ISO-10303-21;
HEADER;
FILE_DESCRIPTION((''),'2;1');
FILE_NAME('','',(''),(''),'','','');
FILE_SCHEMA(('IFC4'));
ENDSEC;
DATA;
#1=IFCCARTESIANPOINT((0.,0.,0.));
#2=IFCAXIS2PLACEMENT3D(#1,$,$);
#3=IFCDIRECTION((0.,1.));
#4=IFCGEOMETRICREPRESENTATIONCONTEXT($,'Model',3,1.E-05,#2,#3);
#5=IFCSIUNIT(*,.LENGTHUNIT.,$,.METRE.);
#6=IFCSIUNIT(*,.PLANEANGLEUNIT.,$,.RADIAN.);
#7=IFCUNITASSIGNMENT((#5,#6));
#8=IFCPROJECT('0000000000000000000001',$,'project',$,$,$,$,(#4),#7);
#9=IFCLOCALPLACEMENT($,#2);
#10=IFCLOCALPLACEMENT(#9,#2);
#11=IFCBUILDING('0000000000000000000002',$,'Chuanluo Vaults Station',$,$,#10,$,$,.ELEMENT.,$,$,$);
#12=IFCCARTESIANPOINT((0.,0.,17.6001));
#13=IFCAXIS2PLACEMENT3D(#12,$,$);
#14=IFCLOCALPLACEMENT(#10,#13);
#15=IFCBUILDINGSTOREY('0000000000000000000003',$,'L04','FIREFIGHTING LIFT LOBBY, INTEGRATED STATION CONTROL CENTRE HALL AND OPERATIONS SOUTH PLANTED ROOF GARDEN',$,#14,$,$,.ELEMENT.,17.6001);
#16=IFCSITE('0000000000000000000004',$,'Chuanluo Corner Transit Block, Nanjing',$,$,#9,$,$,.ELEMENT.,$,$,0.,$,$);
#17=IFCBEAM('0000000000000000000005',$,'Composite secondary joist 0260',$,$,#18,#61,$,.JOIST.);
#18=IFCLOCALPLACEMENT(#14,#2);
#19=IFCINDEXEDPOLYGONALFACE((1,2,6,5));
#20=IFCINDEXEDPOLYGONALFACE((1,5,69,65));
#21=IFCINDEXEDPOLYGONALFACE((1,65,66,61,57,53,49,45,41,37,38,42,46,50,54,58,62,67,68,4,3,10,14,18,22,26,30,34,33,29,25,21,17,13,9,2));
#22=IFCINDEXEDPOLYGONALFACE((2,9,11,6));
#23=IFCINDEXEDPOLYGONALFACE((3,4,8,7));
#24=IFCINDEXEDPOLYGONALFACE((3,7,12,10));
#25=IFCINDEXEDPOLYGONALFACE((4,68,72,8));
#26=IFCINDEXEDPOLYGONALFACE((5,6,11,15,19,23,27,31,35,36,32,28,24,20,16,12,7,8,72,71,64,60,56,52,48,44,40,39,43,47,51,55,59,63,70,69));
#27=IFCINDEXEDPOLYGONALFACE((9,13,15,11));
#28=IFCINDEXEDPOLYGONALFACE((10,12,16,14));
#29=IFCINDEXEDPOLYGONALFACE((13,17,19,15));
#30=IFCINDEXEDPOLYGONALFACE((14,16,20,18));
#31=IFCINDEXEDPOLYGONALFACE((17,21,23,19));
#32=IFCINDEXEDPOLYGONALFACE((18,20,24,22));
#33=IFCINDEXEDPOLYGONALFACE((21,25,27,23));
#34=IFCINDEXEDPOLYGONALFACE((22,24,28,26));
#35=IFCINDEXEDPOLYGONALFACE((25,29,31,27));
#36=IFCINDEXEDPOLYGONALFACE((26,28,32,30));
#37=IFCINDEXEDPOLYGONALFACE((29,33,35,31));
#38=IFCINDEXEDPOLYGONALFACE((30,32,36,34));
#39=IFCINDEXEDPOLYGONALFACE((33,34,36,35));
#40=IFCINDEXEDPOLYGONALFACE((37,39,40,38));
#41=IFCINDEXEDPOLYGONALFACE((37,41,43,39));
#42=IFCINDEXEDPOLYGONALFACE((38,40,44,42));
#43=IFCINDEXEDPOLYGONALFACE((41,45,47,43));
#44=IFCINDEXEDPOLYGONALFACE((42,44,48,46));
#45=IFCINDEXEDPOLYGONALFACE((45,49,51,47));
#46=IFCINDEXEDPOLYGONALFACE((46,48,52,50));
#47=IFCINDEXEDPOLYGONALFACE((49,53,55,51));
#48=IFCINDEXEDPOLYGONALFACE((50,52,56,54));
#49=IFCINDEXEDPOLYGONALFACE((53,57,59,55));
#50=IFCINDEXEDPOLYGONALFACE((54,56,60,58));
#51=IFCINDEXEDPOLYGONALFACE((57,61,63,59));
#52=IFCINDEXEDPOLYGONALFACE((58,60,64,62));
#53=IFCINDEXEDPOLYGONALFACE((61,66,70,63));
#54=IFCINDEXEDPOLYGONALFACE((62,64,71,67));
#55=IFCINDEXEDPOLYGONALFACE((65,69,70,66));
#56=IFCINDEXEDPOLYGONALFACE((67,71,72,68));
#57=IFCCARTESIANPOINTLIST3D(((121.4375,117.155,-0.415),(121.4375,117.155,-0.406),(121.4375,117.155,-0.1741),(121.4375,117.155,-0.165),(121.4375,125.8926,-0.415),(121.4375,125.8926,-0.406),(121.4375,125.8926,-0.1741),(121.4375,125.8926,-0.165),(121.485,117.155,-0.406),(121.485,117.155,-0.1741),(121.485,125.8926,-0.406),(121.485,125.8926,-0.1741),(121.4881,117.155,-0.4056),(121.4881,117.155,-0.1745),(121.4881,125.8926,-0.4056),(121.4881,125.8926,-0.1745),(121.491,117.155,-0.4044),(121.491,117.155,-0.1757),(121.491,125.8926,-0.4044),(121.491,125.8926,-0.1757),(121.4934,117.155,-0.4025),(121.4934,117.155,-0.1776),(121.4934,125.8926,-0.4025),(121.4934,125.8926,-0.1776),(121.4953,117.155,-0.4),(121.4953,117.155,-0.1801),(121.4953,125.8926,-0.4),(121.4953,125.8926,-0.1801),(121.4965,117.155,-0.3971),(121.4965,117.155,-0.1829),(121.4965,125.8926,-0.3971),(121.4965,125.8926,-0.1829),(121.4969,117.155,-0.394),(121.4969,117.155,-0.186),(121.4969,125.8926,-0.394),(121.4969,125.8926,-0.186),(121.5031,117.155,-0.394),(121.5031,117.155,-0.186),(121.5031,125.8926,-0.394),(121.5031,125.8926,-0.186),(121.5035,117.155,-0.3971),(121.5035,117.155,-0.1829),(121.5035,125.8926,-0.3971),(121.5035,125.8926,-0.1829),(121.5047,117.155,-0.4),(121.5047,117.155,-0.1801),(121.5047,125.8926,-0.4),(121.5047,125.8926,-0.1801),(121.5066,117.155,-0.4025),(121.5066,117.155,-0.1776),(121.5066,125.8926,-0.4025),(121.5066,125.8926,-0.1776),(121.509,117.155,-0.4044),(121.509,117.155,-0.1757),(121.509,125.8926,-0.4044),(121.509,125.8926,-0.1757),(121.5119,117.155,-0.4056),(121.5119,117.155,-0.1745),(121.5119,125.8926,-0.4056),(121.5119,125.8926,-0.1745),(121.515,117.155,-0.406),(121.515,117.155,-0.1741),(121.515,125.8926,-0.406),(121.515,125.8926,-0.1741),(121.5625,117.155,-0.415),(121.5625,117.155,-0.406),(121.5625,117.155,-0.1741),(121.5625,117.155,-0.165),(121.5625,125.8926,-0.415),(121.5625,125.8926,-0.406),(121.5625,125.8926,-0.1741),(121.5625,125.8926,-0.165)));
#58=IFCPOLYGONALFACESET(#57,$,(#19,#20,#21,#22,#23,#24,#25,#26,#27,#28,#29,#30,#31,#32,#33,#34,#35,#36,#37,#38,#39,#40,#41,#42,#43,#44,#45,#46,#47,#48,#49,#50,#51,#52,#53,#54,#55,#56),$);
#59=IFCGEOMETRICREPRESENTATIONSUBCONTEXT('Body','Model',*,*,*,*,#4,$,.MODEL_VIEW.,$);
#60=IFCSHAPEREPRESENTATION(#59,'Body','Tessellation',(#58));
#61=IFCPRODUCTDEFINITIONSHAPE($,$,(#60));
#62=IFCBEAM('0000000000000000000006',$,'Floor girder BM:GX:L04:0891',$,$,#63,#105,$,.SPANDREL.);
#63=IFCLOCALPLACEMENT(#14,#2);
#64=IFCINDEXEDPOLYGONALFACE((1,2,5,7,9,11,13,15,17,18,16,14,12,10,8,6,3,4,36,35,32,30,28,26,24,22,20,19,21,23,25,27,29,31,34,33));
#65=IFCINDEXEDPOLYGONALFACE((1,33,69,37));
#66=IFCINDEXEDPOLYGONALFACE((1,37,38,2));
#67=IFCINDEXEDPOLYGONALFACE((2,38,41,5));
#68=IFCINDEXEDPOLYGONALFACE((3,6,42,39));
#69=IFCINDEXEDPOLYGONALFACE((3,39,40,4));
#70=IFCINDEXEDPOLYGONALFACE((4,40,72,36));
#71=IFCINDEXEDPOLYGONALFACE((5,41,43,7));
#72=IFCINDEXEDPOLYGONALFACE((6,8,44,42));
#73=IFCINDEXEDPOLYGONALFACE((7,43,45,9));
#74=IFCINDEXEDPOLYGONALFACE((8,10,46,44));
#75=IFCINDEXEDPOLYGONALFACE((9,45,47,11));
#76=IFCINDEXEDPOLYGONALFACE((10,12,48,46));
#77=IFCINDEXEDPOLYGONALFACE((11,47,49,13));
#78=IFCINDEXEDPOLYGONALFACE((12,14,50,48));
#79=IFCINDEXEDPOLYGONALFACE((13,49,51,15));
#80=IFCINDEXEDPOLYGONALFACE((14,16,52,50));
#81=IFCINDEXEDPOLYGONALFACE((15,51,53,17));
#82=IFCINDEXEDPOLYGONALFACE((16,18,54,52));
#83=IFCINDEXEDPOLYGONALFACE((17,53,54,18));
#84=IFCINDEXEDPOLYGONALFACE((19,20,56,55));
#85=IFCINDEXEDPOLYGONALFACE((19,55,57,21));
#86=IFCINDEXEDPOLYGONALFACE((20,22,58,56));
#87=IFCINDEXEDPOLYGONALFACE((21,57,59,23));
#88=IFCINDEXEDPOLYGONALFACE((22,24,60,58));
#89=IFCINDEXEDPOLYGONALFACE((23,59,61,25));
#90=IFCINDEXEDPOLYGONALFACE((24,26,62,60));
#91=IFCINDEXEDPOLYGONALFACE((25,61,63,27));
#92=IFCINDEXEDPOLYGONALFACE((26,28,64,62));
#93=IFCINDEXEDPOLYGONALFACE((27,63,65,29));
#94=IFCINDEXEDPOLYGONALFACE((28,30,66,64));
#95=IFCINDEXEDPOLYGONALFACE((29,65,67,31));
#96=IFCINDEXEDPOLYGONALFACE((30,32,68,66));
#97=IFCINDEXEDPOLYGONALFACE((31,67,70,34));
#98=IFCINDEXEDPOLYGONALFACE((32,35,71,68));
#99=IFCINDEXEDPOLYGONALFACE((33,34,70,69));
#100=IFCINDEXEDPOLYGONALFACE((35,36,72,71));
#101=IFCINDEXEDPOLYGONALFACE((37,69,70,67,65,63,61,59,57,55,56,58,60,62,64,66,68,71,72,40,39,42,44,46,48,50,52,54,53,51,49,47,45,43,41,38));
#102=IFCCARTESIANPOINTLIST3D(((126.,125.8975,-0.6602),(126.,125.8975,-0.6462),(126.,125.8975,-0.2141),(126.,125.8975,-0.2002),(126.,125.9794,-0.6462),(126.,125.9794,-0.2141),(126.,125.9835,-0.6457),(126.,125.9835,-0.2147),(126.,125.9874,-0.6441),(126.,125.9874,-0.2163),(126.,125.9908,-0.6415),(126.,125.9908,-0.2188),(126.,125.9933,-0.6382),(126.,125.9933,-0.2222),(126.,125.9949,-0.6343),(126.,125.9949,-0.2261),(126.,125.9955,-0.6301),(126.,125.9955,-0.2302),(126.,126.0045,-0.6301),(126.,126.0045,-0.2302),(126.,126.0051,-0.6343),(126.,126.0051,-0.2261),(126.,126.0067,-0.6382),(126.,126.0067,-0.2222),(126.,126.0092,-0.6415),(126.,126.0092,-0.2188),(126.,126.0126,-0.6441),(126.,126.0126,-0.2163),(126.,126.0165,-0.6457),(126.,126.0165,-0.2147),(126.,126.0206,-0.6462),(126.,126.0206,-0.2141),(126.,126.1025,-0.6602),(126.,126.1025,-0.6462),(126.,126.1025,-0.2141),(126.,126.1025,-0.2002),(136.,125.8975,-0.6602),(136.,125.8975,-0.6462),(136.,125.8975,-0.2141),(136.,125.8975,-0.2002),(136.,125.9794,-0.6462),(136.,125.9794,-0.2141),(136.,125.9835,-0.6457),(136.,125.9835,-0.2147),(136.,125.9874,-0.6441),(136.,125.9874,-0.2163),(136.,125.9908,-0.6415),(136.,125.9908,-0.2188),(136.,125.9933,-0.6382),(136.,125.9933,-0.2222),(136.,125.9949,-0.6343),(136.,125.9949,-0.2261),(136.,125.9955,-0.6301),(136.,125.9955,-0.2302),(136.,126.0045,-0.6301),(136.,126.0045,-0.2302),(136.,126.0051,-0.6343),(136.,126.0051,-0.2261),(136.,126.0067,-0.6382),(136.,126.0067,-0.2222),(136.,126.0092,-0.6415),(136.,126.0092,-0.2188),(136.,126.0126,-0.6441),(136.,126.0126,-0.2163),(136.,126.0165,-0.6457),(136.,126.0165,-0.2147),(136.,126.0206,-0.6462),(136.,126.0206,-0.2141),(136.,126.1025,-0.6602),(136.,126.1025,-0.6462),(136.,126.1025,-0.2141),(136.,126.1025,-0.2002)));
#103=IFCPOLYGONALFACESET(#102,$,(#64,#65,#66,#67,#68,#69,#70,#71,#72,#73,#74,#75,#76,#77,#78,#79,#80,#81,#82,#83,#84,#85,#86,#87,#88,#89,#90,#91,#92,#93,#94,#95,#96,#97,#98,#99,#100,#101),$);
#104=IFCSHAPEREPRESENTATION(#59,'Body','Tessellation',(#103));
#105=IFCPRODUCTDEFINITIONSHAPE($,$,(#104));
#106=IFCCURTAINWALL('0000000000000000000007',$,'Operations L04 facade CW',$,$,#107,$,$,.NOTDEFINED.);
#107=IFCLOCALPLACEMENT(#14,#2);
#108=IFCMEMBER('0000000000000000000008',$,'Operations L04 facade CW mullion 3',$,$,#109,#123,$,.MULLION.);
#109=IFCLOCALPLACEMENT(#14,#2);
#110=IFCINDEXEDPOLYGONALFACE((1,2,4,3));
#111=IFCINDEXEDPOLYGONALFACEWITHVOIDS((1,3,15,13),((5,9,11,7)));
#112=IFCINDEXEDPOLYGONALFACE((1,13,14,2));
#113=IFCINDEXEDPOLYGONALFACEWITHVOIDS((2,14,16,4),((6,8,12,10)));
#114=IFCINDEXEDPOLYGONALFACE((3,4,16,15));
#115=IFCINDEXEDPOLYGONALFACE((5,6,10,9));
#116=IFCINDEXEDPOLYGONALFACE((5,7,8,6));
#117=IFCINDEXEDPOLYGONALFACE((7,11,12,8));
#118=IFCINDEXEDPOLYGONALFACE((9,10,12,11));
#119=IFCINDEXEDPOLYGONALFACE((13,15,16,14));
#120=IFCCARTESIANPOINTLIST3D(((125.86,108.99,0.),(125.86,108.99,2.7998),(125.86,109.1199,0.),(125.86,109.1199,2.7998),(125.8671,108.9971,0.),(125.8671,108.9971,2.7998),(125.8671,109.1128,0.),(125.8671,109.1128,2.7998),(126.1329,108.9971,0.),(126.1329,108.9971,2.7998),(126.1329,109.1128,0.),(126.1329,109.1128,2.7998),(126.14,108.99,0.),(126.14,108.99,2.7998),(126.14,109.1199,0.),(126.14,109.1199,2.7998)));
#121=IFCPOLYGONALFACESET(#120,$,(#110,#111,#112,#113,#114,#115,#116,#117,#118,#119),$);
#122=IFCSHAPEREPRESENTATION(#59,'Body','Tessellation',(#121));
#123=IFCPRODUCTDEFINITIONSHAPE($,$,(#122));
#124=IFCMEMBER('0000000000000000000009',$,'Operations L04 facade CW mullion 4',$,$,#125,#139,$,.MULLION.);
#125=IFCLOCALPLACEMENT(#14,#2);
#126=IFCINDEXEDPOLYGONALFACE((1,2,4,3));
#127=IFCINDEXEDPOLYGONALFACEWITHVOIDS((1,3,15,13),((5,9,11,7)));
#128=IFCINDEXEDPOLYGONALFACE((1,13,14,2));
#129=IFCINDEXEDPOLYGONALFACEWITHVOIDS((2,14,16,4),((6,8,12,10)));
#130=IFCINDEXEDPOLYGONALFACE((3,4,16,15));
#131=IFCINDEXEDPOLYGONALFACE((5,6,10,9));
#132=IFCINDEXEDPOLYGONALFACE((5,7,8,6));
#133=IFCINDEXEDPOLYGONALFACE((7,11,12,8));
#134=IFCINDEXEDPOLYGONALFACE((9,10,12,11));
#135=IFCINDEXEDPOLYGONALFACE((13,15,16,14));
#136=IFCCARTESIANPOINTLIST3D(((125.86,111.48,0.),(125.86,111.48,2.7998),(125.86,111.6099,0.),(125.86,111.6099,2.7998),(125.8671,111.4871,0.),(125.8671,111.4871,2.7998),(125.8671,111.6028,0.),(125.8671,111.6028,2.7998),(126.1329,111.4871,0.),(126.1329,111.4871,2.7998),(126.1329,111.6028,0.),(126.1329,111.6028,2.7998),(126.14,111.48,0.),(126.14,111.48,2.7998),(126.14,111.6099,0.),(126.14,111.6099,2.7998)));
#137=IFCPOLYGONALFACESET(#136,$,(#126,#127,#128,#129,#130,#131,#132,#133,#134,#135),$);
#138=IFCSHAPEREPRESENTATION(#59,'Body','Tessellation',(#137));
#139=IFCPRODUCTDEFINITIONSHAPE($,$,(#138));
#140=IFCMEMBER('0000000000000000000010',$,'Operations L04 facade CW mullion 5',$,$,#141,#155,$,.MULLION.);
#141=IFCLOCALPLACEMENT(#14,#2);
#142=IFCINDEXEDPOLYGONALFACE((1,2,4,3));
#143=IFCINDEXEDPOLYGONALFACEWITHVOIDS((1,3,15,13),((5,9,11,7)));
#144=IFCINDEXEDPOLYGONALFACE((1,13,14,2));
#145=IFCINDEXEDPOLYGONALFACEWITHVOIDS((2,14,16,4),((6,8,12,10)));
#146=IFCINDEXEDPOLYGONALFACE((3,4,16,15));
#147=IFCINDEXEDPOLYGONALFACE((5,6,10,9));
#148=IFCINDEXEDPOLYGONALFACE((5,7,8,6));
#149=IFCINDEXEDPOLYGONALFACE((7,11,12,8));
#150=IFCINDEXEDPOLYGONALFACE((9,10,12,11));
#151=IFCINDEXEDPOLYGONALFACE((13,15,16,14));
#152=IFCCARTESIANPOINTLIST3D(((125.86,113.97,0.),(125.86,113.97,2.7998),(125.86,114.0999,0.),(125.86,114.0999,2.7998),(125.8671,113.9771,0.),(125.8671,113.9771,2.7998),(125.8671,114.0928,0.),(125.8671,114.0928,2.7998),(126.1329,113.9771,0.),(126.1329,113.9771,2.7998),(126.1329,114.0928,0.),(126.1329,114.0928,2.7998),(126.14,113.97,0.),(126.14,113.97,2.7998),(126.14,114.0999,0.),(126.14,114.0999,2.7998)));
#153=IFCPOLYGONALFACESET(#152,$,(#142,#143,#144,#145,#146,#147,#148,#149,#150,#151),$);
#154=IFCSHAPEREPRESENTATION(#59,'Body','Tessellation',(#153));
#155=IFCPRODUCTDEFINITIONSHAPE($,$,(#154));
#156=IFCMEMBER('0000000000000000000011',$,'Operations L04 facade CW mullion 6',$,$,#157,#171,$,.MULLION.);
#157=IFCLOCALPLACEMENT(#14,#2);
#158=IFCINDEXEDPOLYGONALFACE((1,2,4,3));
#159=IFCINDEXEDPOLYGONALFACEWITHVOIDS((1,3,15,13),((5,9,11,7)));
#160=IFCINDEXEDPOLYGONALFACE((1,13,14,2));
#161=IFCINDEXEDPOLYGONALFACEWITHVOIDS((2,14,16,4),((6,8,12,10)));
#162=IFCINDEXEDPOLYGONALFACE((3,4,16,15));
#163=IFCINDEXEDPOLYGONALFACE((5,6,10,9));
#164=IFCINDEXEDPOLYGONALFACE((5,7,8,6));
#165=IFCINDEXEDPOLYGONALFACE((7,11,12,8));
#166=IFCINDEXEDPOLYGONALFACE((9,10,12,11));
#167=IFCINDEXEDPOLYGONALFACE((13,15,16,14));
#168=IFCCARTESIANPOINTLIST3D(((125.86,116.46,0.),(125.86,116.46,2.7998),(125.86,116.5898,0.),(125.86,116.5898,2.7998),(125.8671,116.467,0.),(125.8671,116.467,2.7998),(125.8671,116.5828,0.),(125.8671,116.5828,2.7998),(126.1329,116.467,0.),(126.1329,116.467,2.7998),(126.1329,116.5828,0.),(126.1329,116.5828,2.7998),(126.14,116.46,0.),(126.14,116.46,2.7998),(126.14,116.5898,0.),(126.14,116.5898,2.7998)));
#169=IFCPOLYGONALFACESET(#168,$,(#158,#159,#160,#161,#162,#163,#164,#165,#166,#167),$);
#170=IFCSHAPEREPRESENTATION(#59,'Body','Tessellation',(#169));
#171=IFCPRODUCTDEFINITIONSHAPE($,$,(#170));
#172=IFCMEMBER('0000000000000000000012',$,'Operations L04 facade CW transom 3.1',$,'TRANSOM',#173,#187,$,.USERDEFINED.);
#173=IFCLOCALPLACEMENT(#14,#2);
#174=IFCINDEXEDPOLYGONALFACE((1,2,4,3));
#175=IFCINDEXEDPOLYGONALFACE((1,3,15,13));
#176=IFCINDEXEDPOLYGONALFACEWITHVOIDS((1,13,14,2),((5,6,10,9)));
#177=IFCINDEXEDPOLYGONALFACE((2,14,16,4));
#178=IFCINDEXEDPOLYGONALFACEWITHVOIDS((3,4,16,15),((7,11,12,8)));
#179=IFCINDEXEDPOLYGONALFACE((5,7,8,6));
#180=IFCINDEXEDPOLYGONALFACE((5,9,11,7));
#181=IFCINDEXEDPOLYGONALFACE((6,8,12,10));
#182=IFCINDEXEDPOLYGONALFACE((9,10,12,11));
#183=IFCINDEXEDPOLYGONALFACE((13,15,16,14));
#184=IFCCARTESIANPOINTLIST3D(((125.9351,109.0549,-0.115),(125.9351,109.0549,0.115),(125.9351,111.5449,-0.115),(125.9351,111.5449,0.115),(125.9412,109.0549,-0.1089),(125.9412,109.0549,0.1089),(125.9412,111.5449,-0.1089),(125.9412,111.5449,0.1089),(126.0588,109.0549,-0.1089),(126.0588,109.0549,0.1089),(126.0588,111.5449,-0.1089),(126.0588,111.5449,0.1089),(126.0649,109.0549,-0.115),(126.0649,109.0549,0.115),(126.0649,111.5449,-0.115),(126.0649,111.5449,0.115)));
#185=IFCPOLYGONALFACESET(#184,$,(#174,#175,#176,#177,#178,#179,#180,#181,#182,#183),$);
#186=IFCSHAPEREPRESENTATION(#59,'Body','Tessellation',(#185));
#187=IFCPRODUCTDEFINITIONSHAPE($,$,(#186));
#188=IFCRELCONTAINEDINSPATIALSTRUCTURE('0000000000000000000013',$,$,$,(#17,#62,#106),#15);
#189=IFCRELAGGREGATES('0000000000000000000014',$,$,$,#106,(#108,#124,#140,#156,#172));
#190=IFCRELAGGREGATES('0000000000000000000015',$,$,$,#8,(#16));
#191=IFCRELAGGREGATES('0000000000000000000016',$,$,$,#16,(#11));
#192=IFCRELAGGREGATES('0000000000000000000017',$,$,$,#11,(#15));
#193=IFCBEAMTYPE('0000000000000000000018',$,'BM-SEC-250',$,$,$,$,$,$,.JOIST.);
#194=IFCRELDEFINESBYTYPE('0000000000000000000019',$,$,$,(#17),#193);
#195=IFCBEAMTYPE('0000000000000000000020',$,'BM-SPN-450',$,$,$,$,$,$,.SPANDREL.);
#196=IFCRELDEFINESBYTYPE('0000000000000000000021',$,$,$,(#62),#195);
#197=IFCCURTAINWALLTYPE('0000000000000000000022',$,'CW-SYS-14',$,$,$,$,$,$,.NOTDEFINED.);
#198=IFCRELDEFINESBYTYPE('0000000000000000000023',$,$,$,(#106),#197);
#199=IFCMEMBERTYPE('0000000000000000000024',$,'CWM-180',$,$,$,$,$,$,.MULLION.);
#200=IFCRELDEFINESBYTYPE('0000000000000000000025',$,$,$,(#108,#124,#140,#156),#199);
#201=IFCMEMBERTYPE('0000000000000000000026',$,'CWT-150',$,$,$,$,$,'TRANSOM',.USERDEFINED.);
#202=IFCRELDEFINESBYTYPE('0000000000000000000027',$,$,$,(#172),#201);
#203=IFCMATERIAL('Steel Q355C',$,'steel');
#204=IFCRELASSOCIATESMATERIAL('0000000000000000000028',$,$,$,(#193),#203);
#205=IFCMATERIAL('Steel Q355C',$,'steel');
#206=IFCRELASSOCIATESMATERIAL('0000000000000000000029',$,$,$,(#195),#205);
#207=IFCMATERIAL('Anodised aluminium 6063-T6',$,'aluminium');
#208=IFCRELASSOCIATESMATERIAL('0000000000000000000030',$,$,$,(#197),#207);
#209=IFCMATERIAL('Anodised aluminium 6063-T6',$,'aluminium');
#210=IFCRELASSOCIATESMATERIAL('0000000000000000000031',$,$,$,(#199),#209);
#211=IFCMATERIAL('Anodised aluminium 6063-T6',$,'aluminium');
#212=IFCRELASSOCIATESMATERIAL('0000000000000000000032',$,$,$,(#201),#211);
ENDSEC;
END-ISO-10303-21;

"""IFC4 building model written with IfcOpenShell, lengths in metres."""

from ifc_helpers import new_model, si_unit, direction, frame, origin, origin_2d, place, context, subcontext, project, spatial, hollow_rectangle, i_section, extrude, material, material_profile, profile_set, type_object, element, aggregate, save


model = new_model("IFC4")

# Units and contexts
model_context = context("Model", 3, precision=1e-05, world=origin(), true_north=direction((0.0, 1.0)))
body_context = subcontext(model_context, "Body", "Model", "MODEL_VIEW")
ifc_project = project(units=[si_unit("LENGTHUNIT", "METRE"), si_unit("PLANEANGLEUNIT", "RADIAN")], contexts=[model_context])

# Site, building, storey
site_placement = place(None, origin())
site = spatial("IfcSite", under=ifc_project, at=site_placement, Name="Chuanluo Corner Transit Block, Nanjing", CompositionType="ELEMENT", RefElevation=0.0)
building_placement = place(site_placement, origin())
building = spatial("IfcBuilding", under=site, at=building_placement, Name="Chuanluo Vaults Station", CompositionType="ELEMENT")
storey_placement = place(building_placement, frame((0.0, 0.0, 17.6001)))
storey = spatial("IfcBuildingStorey", under=building, at=storey_placement, Name="L04", Description="FIREFIGHTING LIFT LOBBY, INTEGRATED STATION CONTROL CENTRE HALL AND OPERATIONS SOUTH PLANTED ROOF GARDEN", CompositionType="ELEMENT", Elevation=17.6001)

# Beams
ifc_material_1 = material(Name="Steel Q355C", Category="steel")
ifc_material_profile_1 = material_profile(ifc_material_1, i_section(OverallWidth=0.125, OverallDepth=0.25, WebThickness=0.0061, FlangeThickness=0.009, FilletRadius=0.012, at=origin_2d()))
ifc_profile_set_1 = profile_set([ifc_material_profile_1], Name="Steel Q355C")
beam_type_1 = type_object("IfcBeamType", Name="BM-SEC-250", PredefinedType="JOIST", material=ifc_profile_set_1)
beam_1_placement = place(storey_placement, frame((121.5, 117.155, -0.29), z_axis=(0.0, 1.0, 0.0), x_axis=(-1.0, 0.0, 0.0)))
element("IfcBeam", 1, at=beam_1_placement, inside=storey, type_object=beam_type_1, Name="Composite secondary joist 0260", PredefinedType="JOIST", context=body_context, shape_type="SweptSolid", body=[
    extrude(i_section(OverallWidth=0.125, OverallDepth=0.25, WebThickness=0.0061, FlangeThickness=0.009, FilletRadius=0.012, at=origin_2d()), origin(), (0.0, 0.0, 1.0), 8.7375),
])
ifc_material_2 = material(Name="Steel Q355C", Category="steel")
ifc_material_profile_2 = material_profile(ifc_material_2, i_section(OverallWidth=0.2051, OverallDepth=0.46, WebThickness=0.009, FlangeThickness=0.0139, FilletRadius=0.0161, at=origin_2d()))
ifc_profile_set_2 = profile_set([ifc_material_profile_2], Name="Steel Q355C")
beam_type_2 = type_object("IfcBeamType", Name="BM-SPN-450", PredefinedType="SPANDREL", material=ifc_profile_set_2)
beam_2_placement = place(storey_placement, frame((126.0, 126.0, -0.4302), z_axis=(1.0, 0.0, 0.0), x_axis=(0.0, 1.0, 0.0)))
element("IfcBeam", 2, at=beam_2_placement, inside=storey, type_object=beam_type_2, Name="Floor girder BM:GX:L04:0891", PredefinedType="SPANDREL", context=body_context, shape_type="SweptSolid", body=[
    extrude(i_section(OverallWidth=0.2051, OverallDepth=0.46, WebThickness=0.009, FlangeThickness=0.0139, FilletRadius=0.0161, at=origin_2d()), origin(), (0.0, 0.0, 1.0), 10.0),
])

# Curtain wall, members
ifc_material_3 = material(Name="Anodised aluminium 6063-T6", Category="aluminium")
curtain_wall_type = type_object("IfcCurtainWallType", Name="CW-SYS-14", PredefinedType="NOTDEFINED", material=ifc_material_3)
curtain_wall_placement = place(storey_placement, origin())
curtain_wall = element("IfcCurtainWall", 3, at=curtain_wall_placement, inside=storey, type_object=curtain_wall_type, Name="Operations L04 facade CW", PredefinedType="NOTDEFINED")
ifc_material_4 = material(Name="Anodised aluminium 6063-T6", Category="aluminium")
ifc_material_profile_3 = material_profile(ifc_material_4, hollow_rectangle(XDim=0.1299, YDim=0.28, WallThickness=0.0071, at=origin_2d()))
ifc_profile_set_3 = profile_set([ifc_material_profile_3], Name="Anodised aluminium 6063-T6")
member_type_1 = type_object("IfcMemberType", Name="CWM-180", PredefinedType="MULLION", material=ifc_profile_set_3)
member_1_placement = place(storey_placement, frame((126.0, 109.0549, 0.0), z_axis=(0.0, 0.0, 1.0), x_axis=(0.0, 1.0, 0.0)))
member_1 = element("IfcMember", 4, at=member_1_placement, type_object=member_type_1, Name="Operations L04 facade CW mullion 3", PredefinedType="MULLION", context=body_context, shape_type="SweptSolid", body=[
    extrude(hollow_rectangle(XDim=0.1299, YDim=0.28, WallThickness=0.0071, at=origin_2d()), origin(), (0.0, 0.0, 1.0), 2.7998),
])
member_2_placement = place(storey_placement, frame((126.0, 111.5449, 0.0), z_axis=(0.0, 0.0, 1.0), x_axis=(0.0, 1.0, 0.0)))
member_2 = element("IfcMember", 5, at=member_2_placement, type_object=member_type_1, Name="Operations L04 facade CW mullion 4", PredefinedType="MULLION", context=body_context, shape_type="SweptSolid", body=[
    extrude(hollow_rectangle(XDim=0.1299, YDim=0.28, WallThickness=0.0071, at=origin_2d()), origin(), (0.0, 0.0, 1.0), 2.7998),
])
member_3_placement = place(storey_placement, frame((126.0, 114.0349, 0.0), z_axis=(0.0, 0.0, 1.0), x_axis=(0.0, 1.0, 0.0)))
member_3 = element("IfcMember", 6, at=member_3_placement, type_object=member_type_1, Name="Operations L04 facade CW mullion 5", PredefinedType="MULLION", context=body_context, shape_type="SweptSolid", body=[
    extrude(hollow_rectangle(XDim=0.1299, YDim=0.28, WallThickness=0.0071, at=origin_2d()), origin(), (0.0, 0.0, 1.0), 2.7998),
])
member_4_placement = place(storey_placement, frame((126.0, 116.5249, 0.0), z_axis=(0.0, 0.0, 1.0), x_axis=(0.0, 1.0, 0.0)))
member_4 = element("IfcMember", 7, at=member_4_placement, type_object=member_type_1, Name="Operations L04 facade CW mullion 6", PredefinedType="MULLION", context=body_context, shape_type="SweptSolid", body=[
    extrude(hollow_rectangle(XDim=0.1299, YDim=0.28, WallThickness=0.0071, at=origin_2d()), origin(), (0.0, 0.0, 1.0), 2.7998),
])
ifc_material_5 = material(Name="Anodised aluminium 6063-T6", Category="aluminium")
ifc_material_profile_4 = material_profile(ifc_material_5, hollow_rectangle(XDim=0.1299, YDim=0.23, WallThickness=0.0061, at=origin_2d()))
ifc_profile_set_4 = profile_set([ifc_material_profile_4], Name="Anodised aluminium 6063-T6")
member_type_2 = type_object("IfcMemberType", Name="CWT-150", ElementType="TRANSOM", PredefinedType="USERDEFINED", material=ifc_profile_set_4)
member_5_placement = place(storey_placement, frame((126.0, 109.0549, 0.0), z_axis=(0.0, 1.0, 0.0), x_axis=(-1.0, 0.0, 0.0)))
member_5 = element("IfcMember", 8, at=member_5_placement, type_object=member_type_2, Name="Operations L04 facade CW transom 3.1", ObjectType="TRANSOM", PredefinedType="USERDEFINED", context=body_context, shape_type="SweptSolid", body=[
    extrude(hollow_rectangle(XDim=0.1299, YDim=0.23, WallThickness=0.0061, at=origin_2d()), origin(), (0.0, 0.0, 1.0), 2.49),
])
aggregate(curtain_wall, [member_1, member_2, member_3, member_4, member_5])

save(model, "model.ifc")
